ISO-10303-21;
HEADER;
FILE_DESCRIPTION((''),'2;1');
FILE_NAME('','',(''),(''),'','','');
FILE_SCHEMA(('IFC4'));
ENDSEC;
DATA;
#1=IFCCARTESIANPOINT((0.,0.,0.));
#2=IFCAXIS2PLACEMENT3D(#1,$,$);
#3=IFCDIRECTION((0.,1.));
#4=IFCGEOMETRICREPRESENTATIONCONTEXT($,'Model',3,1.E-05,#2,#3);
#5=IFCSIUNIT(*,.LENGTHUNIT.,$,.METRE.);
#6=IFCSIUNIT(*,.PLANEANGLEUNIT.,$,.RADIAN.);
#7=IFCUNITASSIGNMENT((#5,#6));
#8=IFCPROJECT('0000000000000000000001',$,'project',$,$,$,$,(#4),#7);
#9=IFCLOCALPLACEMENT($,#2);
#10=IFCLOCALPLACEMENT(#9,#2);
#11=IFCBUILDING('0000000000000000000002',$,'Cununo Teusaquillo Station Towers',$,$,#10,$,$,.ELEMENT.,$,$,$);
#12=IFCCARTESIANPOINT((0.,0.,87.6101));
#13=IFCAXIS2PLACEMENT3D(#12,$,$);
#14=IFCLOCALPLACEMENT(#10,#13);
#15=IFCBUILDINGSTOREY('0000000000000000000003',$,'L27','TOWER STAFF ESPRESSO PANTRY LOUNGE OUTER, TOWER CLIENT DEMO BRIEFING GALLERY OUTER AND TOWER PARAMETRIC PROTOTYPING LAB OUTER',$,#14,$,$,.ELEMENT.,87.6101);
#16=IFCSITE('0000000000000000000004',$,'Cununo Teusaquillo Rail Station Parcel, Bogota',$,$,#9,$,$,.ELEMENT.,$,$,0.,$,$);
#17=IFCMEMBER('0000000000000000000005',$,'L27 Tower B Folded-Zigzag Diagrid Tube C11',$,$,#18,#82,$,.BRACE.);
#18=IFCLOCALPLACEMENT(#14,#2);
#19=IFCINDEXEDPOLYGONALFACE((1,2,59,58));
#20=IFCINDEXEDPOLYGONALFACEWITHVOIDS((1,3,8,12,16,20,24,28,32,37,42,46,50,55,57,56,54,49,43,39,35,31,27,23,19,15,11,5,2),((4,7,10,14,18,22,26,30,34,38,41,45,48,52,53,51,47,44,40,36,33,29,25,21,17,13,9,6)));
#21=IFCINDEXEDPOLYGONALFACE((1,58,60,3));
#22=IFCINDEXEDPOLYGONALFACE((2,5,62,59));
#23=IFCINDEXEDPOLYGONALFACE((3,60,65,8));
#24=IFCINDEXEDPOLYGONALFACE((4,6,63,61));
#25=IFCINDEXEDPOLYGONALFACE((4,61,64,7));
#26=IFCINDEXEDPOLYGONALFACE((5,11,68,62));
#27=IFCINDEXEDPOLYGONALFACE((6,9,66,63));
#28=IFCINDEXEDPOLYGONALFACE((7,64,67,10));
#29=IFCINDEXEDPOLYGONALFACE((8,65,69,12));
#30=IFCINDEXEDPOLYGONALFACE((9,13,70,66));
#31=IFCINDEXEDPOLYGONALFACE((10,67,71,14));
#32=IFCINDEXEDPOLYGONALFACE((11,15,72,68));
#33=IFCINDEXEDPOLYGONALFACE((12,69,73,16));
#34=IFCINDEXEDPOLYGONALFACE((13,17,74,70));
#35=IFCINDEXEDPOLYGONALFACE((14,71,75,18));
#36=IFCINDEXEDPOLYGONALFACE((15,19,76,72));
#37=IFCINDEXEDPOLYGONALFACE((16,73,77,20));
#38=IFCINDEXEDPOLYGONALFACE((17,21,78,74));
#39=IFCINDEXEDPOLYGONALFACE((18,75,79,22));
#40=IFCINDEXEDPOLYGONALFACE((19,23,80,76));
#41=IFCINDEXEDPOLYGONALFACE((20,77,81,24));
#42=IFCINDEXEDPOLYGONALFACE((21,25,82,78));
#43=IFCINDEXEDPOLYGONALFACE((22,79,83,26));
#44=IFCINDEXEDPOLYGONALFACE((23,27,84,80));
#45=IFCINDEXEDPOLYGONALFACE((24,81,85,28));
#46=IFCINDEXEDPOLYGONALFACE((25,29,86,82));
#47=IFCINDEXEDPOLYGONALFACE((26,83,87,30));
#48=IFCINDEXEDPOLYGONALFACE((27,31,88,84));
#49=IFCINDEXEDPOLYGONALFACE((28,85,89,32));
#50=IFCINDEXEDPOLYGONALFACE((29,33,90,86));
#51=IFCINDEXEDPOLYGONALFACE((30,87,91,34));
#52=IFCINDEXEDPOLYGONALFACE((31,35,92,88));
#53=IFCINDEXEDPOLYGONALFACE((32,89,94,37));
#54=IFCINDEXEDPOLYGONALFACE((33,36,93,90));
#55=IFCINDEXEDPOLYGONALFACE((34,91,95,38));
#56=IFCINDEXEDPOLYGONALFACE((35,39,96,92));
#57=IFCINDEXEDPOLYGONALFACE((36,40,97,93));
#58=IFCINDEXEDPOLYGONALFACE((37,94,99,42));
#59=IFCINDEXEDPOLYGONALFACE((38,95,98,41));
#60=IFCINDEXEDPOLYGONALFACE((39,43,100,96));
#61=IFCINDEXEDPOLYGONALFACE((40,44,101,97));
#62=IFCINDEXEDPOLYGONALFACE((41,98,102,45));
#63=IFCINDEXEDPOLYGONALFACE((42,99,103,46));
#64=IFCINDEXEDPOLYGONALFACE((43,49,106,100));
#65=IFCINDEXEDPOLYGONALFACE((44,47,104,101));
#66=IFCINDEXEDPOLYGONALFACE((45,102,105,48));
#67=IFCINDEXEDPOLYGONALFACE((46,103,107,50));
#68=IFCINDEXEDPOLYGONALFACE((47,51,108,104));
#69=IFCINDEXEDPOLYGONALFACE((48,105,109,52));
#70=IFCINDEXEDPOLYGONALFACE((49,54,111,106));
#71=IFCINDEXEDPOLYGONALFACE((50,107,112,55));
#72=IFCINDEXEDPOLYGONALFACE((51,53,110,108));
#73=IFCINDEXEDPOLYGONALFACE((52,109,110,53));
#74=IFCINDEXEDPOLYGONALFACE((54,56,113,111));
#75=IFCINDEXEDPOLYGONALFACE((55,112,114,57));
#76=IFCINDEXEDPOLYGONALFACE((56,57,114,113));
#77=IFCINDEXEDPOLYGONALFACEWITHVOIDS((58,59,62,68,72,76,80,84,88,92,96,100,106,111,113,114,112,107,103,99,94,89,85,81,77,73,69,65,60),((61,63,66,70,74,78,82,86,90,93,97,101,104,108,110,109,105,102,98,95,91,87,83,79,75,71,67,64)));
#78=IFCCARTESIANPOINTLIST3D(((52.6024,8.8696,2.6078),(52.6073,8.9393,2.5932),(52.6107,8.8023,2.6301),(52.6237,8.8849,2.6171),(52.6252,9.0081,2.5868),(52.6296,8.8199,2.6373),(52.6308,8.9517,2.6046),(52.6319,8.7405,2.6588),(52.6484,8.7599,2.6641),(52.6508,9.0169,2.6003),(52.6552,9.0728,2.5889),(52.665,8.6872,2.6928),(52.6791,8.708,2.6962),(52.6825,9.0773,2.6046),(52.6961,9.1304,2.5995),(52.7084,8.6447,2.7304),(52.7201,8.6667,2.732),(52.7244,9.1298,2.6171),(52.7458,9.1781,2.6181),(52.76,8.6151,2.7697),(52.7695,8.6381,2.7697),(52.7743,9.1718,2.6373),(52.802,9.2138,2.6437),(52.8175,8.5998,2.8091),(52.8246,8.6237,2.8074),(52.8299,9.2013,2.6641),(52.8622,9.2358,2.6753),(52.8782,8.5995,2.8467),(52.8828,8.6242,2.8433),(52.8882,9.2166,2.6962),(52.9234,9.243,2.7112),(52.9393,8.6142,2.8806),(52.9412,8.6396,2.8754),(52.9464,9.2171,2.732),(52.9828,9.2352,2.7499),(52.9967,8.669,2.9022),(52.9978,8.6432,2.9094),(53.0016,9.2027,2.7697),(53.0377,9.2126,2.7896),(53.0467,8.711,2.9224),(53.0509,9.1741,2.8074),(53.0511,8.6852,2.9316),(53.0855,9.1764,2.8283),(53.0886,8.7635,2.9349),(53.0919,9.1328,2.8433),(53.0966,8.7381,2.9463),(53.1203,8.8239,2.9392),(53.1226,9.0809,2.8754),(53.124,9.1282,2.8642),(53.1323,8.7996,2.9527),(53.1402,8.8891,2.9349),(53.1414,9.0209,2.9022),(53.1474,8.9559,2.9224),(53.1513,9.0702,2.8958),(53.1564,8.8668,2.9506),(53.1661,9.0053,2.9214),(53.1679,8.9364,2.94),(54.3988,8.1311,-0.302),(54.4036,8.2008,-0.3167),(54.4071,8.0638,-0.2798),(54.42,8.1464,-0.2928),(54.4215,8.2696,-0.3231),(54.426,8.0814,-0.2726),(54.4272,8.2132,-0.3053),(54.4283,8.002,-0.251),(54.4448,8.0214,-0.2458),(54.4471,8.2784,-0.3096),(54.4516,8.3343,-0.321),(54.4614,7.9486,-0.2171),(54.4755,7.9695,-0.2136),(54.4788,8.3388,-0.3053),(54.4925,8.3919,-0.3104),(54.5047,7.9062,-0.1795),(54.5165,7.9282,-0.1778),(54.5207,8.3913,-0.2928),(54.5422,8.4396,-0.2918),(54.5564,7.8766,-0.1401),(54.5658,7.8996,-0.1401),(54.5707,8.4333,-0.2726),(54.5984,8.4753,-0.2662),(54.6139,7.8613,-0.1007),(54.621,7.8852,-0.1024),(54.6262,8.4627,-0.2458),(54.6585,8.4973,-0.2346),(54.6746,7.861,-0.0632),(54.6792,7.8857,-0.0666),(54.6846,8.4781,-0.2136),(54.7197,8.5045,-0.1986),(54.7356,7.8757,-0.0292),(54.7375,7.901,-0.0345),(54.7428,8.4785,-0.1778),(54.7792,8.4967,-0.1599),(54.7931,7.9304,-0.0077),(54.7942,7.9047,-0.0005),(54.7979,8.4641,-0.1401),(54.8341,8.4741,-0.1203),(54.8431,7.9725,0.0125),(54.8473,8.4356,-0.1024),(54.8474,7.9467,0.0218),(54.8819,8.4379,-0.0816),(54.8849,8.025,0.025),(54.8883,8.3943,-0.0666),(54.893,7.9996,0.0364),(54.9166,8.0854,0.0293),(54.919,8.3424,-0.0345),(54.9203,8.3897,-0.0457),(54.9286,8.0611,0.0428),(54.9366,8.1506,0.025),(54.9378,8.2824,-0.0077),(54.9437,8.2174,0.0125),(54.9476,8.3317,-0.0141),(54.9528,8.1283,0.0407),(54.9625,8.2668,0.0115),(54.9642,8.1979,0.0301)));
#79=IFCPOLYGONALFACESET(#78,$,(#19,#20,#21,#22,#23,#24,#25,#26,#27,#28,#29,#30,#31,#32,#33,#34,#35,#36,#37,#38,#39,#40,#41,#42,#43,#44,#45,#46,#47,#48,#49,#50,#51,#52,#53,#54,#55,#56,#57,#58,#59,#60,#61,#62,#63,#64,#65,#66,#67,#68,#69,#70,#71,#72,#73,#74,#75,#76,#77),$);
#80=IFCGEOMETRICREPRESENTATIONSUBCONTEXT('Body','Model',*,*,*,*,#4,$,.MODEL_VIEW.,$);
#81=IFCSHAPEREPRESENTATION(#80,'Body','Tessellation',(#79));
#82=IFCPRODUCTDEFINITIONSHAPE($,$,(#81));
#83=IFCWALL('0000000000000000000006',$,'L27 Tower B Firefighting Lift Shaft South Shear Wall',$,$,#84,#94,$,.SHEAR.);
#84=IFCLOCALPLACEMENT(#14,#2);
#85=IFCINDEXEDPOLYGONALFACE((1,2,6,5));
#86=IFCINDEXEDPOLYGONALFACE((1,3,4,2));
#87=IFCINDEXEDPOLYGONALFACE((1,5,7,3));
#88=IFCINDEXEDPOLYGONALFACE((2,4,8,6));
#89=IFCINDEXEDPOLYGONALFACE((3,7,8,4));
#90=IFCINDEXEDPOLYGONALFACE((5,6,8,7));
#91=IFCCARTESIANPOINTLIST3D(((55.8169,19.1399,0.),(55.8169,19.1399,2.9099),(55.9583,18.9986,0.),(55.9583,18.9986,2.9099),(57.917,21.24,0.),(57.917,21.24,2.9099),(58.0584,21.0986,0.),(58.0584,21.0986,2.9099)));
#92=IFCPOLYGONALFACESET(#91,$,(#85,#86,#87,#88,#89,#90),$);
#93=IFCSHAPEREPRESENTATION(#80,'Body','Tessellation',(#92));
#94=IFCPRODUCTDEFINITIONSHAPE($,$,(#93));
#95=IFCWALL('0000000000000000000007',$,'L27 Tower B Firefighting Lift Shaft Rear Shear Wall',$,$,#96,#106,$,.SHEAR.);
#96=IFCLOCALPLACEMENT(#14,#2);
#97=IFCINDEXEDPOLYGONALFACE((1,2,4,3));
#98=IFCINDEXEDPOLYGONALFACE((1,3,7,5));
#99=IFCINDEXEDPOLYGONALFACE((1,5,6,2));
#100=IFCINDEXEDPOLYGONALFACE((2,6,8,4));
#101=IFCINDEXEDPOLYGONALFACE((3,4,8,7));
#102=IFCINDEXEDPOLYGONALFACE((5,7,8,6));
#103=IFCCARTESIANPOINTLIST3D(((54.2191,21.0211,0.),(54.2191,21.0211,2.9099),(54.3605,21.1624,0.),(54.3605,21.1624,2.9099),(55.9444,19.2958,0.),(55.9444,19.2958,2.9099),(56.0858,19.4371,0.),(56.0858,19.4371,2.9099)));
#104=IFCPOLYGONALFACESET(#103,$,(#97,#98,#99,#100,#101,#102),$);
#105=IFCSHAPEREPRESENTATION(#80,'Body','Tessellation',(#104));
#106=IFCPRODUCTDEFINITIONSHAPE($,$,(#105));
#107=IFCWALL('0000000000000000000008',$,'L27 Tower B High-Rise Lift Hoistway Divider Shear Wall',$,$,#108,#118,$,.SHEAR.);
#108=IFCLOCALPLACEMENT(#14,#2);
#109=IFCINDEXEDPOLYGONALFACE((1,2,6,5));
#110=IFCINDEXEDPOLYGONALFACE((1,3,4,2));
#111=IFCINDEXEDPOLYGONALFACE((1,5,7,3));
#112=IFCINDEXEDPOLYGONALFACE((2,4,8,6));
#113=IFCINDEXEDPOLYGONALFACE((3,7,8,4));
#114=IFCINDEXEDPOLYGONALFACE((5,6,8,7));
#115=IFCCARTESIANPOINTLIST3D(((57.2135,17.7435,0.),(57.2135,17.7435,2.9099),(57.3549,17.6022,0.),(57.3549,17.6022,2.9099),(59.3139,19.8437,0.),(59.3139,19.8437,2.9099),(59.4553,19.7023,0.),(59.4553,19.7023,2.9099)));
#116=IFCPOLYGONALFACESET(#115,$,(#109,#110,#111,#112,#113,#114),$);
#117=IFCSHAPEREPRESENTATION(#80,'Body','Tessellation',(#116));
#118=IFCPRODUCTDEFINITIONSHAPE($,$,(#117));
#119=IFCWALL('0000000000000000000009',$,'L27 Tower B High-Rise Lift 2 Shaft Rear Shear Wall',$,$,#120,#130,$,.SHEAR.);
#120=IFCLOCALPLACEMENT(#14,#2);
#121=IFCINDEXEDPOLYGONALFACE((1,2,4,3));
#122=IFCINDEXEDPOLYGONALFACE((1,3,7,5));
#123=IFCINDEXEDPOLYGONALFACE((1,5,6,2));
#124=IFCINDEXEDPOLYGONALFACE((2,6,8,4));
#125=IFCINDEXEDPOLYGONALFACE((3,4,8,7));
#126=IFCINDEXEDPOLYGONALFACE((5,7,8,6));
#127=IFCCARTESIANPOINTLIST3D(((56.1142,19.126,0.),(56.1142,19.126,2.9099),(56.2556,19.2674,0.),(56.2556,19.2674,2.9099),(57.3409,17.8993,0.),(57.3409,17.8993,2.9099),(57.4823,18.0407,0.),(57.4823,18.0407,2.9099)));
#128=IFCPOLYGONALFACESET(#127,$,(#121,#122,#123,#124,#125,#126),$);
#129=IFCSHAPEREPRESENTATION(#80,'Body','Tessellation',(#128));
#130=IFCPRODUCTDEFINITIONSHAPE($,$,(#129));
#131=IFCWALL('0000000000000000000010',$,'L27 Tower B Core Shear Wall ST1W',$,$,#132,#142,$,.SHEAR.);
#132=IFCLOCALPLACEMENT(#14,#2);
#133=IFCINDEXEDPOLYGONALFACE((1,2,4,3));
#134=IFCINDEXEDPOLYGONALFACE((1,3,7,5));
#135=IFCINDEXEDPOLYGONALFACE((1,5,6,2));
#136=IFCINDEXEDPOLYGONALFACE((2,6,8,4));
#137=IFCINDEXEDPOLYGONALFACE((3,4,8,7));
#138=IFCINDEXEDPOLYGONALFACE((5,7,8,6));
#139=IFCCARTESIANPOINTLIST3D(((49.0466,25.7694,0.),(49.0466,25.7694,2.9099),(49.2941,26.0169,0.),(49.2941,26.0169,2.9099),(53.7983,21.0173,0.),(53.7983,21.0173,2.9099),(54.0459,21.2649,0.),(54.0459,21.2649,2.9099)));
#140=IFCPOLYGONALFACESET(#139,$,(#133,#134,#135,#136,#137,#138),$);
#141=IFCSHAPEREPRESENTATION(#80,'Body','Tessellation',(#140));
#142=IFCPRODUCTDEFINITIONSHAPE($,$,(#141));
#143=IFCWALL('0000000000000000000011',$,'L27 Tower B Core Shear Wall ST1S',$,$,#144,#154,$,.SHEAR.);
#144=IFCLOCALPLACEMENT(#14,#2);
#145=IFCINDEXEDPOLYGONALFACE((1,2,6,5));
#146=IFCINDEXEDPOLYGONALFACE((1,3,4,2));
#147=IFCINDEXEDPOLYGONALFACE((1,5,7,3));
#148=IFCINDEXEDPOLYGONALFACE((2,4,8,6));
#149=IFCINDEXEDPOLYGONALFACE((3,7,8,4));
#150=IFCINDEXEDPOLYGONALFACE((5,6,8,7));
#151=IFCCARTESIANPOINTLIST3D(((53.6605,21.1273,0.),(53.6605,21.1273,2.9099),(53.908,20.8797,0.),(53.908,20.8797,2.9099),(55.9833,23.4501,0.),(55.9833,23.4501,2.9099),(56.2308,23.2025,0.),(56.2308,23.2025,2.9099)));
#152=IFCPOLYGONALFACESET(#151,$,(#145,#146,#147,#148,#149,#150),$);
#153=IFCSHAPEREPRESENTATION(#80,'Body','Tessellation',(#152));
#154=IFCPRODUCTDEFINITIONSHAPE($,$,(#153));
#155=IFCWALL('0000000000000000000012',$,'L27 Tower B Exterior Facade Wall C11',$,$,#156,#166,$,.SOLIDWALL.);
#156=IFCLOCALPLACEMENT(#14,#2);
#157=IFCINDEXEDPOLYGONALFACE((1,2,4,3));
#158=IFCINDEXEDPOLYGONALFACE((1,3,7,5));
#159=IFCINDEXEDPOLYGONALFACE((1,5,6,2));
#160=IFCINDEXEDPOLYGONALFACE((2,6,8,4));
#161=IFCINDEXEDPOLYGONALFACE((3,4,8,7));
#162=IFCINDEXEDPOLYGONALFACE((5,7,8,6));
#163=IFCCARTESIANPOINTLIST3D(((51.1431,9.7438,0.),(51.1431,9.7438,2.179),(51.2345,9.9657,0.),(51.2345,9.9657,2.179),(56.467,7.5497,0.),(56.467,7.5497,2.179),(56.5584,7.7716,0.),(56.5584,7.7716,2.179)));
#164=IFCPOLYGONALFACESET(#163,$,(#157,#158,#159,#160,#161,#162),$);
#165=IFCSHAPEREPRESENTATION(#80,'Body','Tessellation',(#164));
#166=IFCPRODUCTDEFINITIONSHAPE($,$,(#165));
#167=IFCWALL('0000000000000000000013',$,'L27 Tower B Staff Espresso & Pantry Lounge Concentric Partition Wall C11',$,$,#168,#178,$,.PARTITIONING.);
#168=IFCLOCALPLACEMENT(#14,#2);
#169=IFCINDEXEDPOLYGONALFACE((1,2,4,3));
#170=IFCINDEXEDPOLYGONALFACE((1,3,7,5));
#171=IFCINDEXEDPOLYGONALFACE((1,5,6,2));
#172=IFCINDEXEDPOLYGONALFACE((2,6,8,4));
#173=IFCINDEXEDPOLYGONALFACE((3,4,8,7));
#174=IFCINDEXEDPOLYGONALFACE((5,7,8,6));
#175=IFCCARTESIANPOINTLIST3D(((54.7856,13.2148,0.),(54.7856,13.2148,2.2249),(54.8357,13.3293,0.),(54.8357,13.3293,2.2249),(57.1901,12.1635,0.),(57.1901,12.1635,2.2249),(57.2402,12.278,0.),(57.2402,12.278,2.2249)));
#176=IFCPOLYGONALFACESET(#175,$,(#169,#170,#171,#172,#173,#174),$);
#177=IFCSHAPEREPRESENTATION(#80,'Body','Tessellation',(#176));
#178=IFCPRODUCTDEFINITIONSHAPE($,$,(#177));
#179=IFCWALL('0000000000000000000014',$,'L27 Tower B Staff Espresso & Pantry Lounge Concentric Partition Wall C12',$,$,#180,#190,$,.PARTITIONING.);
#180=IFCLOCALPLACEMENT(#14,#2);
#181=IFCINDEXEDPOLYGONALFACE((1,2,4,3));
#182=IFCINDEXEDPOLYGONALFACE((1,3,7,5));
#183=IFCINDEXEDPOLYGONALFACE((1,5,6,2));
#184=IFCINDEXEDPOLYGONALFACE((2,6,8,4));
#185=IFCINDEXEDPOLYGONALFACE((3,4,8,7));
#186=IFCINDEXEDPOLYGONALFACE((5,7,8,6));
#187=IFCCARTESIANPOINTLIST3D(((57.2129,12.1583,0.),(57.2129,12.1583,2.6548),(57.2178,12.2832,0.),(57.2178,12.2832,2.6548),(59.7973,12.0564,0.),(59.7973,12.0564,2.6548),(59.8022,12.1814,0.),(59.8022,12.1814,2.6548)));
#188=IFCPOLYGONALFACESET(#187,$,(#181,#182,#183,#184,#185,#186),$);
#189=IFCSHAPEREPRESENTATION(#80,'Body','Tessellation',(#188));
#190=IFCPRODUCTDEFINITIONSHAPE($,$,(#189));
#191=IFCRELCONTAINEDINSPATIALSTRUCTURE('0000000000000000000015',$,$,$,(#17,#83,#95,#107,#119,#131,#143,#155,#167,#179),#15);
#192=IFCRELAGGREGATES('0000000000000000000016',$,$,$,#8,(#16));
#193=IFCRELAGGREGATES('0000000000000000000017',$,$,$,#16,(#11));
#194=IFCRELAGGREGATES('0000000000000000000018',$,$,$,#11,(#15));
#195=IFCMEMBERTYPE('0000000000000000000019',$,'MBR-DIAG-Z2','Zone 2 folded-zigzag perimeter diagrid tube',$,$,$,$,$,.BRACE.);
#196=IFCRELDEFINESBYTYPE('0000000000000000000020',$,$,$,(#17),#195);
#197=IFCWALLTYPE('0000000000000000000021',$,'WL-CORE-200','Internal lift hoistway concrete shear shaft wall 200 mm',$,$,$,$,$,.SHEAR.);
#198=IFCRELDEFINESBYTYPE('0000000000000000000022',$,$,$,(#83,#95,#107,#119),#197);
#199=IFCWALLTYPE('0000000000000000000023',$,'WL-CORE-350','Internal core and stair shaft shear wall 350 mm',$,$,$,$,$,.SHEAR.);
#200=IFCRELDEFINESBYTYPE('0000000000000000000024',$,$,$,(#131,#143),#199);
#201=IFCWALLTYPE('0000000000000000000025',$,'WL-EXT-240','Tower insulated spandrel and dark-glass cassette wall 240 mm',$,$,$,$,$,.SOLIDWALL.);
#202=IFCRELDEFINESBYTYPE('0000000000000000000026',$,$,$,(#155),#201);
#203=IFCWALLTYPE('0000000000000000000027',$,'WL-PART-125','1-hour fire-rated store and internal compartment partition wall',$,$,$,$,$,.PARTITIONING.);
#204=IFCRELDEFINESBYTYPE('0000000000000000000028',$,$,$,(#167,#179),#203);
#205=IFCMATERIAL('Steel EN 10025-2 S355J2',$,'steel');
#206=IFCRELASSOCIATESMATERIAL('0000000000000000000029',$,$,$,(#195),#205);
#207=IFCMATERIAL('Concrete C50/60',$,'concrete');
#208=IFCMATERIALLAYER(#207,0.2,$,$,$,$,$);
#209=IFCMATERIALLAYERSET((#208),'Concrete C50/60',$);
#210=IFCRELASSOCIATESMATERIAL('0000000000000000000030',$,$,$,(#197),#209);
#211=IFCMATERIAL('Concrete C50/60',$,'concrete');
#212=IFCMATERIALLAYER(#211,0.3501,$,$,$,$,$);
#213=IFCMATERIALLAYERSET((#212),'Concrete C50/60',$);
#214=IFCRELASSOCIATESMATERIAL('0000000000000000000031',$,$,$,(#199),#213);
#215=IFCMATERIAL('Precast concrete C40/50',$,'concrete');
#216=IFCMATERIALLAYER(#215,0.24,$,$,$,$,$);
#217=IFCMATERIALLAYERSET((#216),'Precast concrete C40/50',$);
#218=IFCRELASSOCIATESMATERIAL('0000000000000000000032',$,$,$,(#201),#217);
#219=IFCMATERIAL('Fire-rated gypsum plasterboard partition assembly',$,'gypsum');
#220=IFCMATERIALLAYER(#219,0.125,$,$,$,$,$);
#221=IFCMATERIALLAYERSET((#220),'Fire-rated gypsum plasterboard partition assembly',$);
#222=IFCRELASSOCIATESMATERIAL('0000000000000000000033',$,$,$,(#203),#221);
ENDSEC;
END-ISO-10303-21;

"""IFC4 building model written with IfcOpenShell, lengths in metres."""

from ifc_helpers import new_model, si_unit, direction, frame, frame_2d, origin, origin_2d, place, context, subcontext, project, spatial, rectangle, hollow_circle, extrude, material, layer, layer_set, material_profile, profile_set, type_object, element, save


model = new_model("IFC4")

# Units and contexts
model_context = context("Model", 3, precision=1e-05, world=origin(), true_north=direction((0.0, 1.0)))
body_context = subcontext(model_context, "Body", "Model", "MODEL_VIEW")
ifc_project = project(units=[si_unit("LENGTHUNIT", "METRE"), si_unit("PLANEANGLEUNIT", "RADIAN")], contexts=[model_context])

# Site, building, storey
site_placement = place(None, origin())
site = spatial("IfcSite", under=ifc_project, at=site_placement, Name="Cununo Teusaquillo Rail Station Parcel, Bogota", CompositionType="ELEMENT", RefElevation=0.0)
building_placement = place(site_placement, origin())
building = spatial("IfcBuilding", under=site, at=building_placement, Name="Cununo Teusaquillo Station Towers", CompositionType="ELEMENT")
storey_placement = place(building_placement, frame((0.0, 0.0, 87.6101)))
storey = spatial("IfcBuildingStorey", under=building, at=storey_placement, Name="L27", Description="TOWER STAFF ESPRESSO PANTRY LOUNGE OUTER, TOWER CLIENT DEMO BRIEFING GALLERY OUTER AND TOWER PARAMETRIC PROTOTYPING LAB OUTER", CompositionType="ELEMENT", Elevation=87.6101)

# Member
ifc_material_1 = material(Name="Steel EN 10025-2 S355J2", Category="steel")
ifc_material_profile_1 = material_profile(ifc_material_1, hollow_circle(Radius=0.3301, WallThickness=0.0249, at=origin_2d()), Name="CHS 660x25")
ifc_profile_set_1 = profile_set([ifc_material_profile_1], Name="Steel EN 10025-2 S355J2")
member_type = type_object("IfcMemberType", Name="MBR-DIAG-Z2", Description="Zone 2 folded-zigzag perimeter diagrid tube", PredefinedType="BRACE", material=ifc_profile_set_1)
member_placement = place(storey_placement, frame((54.6819, 8.1819, -0.1401), z_axis=(-0.513463, 0.211093, 0.831743), x_axis=(-0.380238, -0.924889, 0.0)))
element("IfcMember", 1, at=member_placement, inside=storey, type_object=member_type, Name="L27 Tower B Folded-Zigzag Diagrid Tube C11", PredefinedType="BRACE", context=body_context, shape_type="SweptSolid", body=[
    extrude(hollow_circle(Radius=0.3301, WallThickness=0.0249, at=origin_2d()), origin(), (0.0, 0.0, 1.0), 3.4985),
])

# Walls
ifc_material_2 = material(Name="Concrete C50/60", Category="concrete")
ifc_layer_1 = layer(ifc_material_2, 0.2)
ifc_layer_set_1 = layer_set([ifc_layer_1], Name="Concrete C50/60")
wall_type_1 = type_object("IfcWallType", Name="WL-CORE-200", Description="Internal lift hoistway concrete shear shaft wall 200 mm", PredefinedType="SHEAR", material=ifc_layer_set_1)
wall_1_placement = place(storey_placement, frame((55.8877, 19.0693, 0.0), z_axis=(0.0, 0.0, 1.0), x_axis=(0.707107, 0.707107, 0.0)))
element("IfcWall", 2, at=wall_1_placement, inside=storey, type_object=wall_type_1, Name="L27 Tower B Firefighting Lift Shaft South Shear Wall", PredefinedType="SHEAR", context=body_context, shape_type="SweptSolid", body=[
    extrude(rectangle(XDim=2.97, YDim=0.2, at=frame_2d((1.4849, 0.0))), origin(), (0.0, 0.0, 1.0), 2.9099),
])
wall_2_placement = place(storey_placement, frame((56.0151, 19.3665, 0.0), z_axis=(0.0, 0.0, 1.0), x_axis=(-0.707107, 0.707107, 0.0)))
element("IfcWall", 3, at=wall_2_placement, inside=storey, type_object=wall_type_1, Name="L27 Tower B Firefighting Lift Shaft Rear Shear Wall", PredefinedType="SHEAR", context=body_context, shape_type="SweptSolid", body=[
    extrude(rectangle(XDim=2.4399, YDim=0.2, at=frame_2d((1.22, 0.0))), origin(), (0.0, 0.0, 1.0), 2.9099),
])
wall_3_placement = place(storey_placement, frame((57.2842, 17.6729, 0.0), z_axis=(0.0, 0.0, 1.0), x_axis=(0.707148, 0.707066, 0.0)))
element("IfcWall", 4, at=wall_3_placement, inside=storey, type_object=wall_type_1, Name="L27 Tower B High-Rise Lift Hoistway Divider Shear Wall", PredefinedType="SHEAR", context=body_context, shape_type="SweptSolid", body=[
    extrude(rectangle(XDim=2.9702, YDim=0.2, at=frame_2d((1.4851, 0.0))), origin(), (0.0, 0.0, 1.0), 2.9099),
])
wall_4_placement = place(storey_placement, frame((57.4116, 17.97, 0.0), z_axis=(0.0, 0.0, 1.0), x_axis=(-0.707107, 0.707107, 0.0)))
element("IfcWall", 5, at=wall_4_placement, inside=storey, type_object=wall_type_1, Name="L27 Tower B High-Rise Lift 2 Shaft Rear Shear Wall", PredefinedType="SHEAR", context=body_context, shape_type="SweptSolid", body=[
    extrude(rectangle(XDim=1.7349, YDim=0.2, at=frame_2d((0.8674, 0.0))), origin(), (0.0, 0.0, 1.0), 2.9099),
])
ifc_material_3 = material(Name="Concrete C50/60", Category="concrete")
ifc_layer_2 = layer(ifc_material_3, 0.3501)
ifc_layer_set_2 = layer_set([ifc_layer_2], Name="Concrete C50/60")
wall_type_2 = type_object("IfcWallType", Name="WL-CORE-350", Description="Internal core and stair shaft shear wall 350 mm", PredefinedType="SHEAR", material=ifc_layer_set_2)
wall_5_placement = place(storey_placement, frame((53.9221, 21.1411, 0.0), z_axis=(0.0, 0.0, 1.0), x_axis=(-0.707089, 0.707125, 0.0)))
element("IfcWall", 6, at=wall_5_placement, inside=storey, type_object=wall_type_2, Name="L27 Tower B Core Shear Wall ST1W", PredefinedType="SHEAR", context=body_context, shape_type="SweptSolid", body=[
    extrude(rectangle(XDim=6.7202, YDim=0.3501, at=frame_2d((3.3601, 0.0))), origin(), (0.0, 0.0, 1.0), 2.9099),
])
wall_6_placement = place(storey_placement, frame((53.7842, 21.0034, 0.0), z_axis=(0.0, 0.0, 1.0), x_axis=(0.707107, 0.707107, 0.0)))
element("IfcWall", 7, at=wall_6_placement, inside=storey, type_object=wall_type_2, Name="L27 Tower B Core Shear Wall ST1S", PredefinedType="SHEAR", context=body_context, shape_type="SweptSolid", body=[
    extrude(rectangle(XDim=3.2849, YDim=0.3501, at=frame_2d((1.6426, 0.0))), origin(), (0.0, 0.0, 1.0), 2.9099),
])
ifc_material_4 = material(Name="Precast concrete C40/50", Category="concrete")
ifc_layer_3 = layer(ifc_material_4, 0.24)
ifc_layer_set_3 = layer_set([ifc_layer_3], Name="Precast concrete C40/50")
wall_type_3 = type_object("IfcWallType", Name="WL-EXT-240", Description="Tower insulated spandrel and dark-glass cassette wall 240 mm", PredefinedType="SOLIDWALL", material=ifc_layer_set_3)
wall_7_placement = place(storey_placement, frame((56.5127, 7.6606, 0.0), z_axis=(0.0, 0.0, 1.0), x_axis=(-0.924564, 0.381027, 0.0)))
element("IfcWall", 8, at=wall_7_placement, inside=storey, type_object=wall_type_3, Name="L27 Tower B Exterior Facade Wall C11", PredefinedType="SOLIDWALL", context=body_context, shape_type="SweptSolid", body=[
    extrude(rectangle(XDim=5.7583, YDim=0.24, at=frame_2d((2.8792, 0.0))), origin(), (0.0, 0.0, 1.0), 2.179),
])
ifc_material_5 = material(Name="Fire-rated gypsum plasterboard partition assembly", Category="gypsum")
ifc_layer_4 = layer(ifc_material_5, 0.125)
ifc_layer_set_4 = layer_set([ifc_layer_4], Name="Fire-rated gypsum plasterboard partition assembly")
wall_type_4 = type_object("IfcWallType", Name="WL-PART-125", Description="1-hour fire-rated store and internal compartment partition wall", PredefinedType="PARTITIONING", material=ifc_layer_set_4)
wall_8_placement = place(storey_placement, frame((54.8108, 13.272, 0.0), z_axis=(0.0, 0.0, 1.0), x_axis=(0.916258, -0.400589, 0.0)))
element("IfcWall", 9, at=wall_8_placement, inside=storey, type_object=wall_type_4, Name="L27 Tower B Staff Espresso & Pantry Lounge Concentric Partition Wall C11", PredefinedType="PARTITIONING", context=body_context, shape_type="SweptSolid", body=[
    extrude(rectangle(XDim=2.6243, YDim=0.125, at=frame_2d((1.312, 0.0))), origin(), (0.0, 0.0, 1.0), 2.2249),
])
wall_9_placement = place(storey_placement, frame((57.2153, 12.2207, 0.0), z_axis=(0.0, 0.0, 1.0), x_axis=(0.999225, -0.039361, 0.0)))
element("IfcWall", 10, at=wall_9_placement, inside=storey, type_object=wall_type_4, Name="L27 Tower B Staff Espresso & Pantry Lounge Concentric Partition Wall C12", PredefinedType="PARTITIONING", context=body_context, shape_type="SweptSolid", body=[
    extrude(rectangle(XDim=2.5864, YDim=0.125, at=frame_2d((1.2932, 0.0))), origin(), (0.0, 0.0, 1.0), 2.6548),
])

save(model, "model.ifc")
